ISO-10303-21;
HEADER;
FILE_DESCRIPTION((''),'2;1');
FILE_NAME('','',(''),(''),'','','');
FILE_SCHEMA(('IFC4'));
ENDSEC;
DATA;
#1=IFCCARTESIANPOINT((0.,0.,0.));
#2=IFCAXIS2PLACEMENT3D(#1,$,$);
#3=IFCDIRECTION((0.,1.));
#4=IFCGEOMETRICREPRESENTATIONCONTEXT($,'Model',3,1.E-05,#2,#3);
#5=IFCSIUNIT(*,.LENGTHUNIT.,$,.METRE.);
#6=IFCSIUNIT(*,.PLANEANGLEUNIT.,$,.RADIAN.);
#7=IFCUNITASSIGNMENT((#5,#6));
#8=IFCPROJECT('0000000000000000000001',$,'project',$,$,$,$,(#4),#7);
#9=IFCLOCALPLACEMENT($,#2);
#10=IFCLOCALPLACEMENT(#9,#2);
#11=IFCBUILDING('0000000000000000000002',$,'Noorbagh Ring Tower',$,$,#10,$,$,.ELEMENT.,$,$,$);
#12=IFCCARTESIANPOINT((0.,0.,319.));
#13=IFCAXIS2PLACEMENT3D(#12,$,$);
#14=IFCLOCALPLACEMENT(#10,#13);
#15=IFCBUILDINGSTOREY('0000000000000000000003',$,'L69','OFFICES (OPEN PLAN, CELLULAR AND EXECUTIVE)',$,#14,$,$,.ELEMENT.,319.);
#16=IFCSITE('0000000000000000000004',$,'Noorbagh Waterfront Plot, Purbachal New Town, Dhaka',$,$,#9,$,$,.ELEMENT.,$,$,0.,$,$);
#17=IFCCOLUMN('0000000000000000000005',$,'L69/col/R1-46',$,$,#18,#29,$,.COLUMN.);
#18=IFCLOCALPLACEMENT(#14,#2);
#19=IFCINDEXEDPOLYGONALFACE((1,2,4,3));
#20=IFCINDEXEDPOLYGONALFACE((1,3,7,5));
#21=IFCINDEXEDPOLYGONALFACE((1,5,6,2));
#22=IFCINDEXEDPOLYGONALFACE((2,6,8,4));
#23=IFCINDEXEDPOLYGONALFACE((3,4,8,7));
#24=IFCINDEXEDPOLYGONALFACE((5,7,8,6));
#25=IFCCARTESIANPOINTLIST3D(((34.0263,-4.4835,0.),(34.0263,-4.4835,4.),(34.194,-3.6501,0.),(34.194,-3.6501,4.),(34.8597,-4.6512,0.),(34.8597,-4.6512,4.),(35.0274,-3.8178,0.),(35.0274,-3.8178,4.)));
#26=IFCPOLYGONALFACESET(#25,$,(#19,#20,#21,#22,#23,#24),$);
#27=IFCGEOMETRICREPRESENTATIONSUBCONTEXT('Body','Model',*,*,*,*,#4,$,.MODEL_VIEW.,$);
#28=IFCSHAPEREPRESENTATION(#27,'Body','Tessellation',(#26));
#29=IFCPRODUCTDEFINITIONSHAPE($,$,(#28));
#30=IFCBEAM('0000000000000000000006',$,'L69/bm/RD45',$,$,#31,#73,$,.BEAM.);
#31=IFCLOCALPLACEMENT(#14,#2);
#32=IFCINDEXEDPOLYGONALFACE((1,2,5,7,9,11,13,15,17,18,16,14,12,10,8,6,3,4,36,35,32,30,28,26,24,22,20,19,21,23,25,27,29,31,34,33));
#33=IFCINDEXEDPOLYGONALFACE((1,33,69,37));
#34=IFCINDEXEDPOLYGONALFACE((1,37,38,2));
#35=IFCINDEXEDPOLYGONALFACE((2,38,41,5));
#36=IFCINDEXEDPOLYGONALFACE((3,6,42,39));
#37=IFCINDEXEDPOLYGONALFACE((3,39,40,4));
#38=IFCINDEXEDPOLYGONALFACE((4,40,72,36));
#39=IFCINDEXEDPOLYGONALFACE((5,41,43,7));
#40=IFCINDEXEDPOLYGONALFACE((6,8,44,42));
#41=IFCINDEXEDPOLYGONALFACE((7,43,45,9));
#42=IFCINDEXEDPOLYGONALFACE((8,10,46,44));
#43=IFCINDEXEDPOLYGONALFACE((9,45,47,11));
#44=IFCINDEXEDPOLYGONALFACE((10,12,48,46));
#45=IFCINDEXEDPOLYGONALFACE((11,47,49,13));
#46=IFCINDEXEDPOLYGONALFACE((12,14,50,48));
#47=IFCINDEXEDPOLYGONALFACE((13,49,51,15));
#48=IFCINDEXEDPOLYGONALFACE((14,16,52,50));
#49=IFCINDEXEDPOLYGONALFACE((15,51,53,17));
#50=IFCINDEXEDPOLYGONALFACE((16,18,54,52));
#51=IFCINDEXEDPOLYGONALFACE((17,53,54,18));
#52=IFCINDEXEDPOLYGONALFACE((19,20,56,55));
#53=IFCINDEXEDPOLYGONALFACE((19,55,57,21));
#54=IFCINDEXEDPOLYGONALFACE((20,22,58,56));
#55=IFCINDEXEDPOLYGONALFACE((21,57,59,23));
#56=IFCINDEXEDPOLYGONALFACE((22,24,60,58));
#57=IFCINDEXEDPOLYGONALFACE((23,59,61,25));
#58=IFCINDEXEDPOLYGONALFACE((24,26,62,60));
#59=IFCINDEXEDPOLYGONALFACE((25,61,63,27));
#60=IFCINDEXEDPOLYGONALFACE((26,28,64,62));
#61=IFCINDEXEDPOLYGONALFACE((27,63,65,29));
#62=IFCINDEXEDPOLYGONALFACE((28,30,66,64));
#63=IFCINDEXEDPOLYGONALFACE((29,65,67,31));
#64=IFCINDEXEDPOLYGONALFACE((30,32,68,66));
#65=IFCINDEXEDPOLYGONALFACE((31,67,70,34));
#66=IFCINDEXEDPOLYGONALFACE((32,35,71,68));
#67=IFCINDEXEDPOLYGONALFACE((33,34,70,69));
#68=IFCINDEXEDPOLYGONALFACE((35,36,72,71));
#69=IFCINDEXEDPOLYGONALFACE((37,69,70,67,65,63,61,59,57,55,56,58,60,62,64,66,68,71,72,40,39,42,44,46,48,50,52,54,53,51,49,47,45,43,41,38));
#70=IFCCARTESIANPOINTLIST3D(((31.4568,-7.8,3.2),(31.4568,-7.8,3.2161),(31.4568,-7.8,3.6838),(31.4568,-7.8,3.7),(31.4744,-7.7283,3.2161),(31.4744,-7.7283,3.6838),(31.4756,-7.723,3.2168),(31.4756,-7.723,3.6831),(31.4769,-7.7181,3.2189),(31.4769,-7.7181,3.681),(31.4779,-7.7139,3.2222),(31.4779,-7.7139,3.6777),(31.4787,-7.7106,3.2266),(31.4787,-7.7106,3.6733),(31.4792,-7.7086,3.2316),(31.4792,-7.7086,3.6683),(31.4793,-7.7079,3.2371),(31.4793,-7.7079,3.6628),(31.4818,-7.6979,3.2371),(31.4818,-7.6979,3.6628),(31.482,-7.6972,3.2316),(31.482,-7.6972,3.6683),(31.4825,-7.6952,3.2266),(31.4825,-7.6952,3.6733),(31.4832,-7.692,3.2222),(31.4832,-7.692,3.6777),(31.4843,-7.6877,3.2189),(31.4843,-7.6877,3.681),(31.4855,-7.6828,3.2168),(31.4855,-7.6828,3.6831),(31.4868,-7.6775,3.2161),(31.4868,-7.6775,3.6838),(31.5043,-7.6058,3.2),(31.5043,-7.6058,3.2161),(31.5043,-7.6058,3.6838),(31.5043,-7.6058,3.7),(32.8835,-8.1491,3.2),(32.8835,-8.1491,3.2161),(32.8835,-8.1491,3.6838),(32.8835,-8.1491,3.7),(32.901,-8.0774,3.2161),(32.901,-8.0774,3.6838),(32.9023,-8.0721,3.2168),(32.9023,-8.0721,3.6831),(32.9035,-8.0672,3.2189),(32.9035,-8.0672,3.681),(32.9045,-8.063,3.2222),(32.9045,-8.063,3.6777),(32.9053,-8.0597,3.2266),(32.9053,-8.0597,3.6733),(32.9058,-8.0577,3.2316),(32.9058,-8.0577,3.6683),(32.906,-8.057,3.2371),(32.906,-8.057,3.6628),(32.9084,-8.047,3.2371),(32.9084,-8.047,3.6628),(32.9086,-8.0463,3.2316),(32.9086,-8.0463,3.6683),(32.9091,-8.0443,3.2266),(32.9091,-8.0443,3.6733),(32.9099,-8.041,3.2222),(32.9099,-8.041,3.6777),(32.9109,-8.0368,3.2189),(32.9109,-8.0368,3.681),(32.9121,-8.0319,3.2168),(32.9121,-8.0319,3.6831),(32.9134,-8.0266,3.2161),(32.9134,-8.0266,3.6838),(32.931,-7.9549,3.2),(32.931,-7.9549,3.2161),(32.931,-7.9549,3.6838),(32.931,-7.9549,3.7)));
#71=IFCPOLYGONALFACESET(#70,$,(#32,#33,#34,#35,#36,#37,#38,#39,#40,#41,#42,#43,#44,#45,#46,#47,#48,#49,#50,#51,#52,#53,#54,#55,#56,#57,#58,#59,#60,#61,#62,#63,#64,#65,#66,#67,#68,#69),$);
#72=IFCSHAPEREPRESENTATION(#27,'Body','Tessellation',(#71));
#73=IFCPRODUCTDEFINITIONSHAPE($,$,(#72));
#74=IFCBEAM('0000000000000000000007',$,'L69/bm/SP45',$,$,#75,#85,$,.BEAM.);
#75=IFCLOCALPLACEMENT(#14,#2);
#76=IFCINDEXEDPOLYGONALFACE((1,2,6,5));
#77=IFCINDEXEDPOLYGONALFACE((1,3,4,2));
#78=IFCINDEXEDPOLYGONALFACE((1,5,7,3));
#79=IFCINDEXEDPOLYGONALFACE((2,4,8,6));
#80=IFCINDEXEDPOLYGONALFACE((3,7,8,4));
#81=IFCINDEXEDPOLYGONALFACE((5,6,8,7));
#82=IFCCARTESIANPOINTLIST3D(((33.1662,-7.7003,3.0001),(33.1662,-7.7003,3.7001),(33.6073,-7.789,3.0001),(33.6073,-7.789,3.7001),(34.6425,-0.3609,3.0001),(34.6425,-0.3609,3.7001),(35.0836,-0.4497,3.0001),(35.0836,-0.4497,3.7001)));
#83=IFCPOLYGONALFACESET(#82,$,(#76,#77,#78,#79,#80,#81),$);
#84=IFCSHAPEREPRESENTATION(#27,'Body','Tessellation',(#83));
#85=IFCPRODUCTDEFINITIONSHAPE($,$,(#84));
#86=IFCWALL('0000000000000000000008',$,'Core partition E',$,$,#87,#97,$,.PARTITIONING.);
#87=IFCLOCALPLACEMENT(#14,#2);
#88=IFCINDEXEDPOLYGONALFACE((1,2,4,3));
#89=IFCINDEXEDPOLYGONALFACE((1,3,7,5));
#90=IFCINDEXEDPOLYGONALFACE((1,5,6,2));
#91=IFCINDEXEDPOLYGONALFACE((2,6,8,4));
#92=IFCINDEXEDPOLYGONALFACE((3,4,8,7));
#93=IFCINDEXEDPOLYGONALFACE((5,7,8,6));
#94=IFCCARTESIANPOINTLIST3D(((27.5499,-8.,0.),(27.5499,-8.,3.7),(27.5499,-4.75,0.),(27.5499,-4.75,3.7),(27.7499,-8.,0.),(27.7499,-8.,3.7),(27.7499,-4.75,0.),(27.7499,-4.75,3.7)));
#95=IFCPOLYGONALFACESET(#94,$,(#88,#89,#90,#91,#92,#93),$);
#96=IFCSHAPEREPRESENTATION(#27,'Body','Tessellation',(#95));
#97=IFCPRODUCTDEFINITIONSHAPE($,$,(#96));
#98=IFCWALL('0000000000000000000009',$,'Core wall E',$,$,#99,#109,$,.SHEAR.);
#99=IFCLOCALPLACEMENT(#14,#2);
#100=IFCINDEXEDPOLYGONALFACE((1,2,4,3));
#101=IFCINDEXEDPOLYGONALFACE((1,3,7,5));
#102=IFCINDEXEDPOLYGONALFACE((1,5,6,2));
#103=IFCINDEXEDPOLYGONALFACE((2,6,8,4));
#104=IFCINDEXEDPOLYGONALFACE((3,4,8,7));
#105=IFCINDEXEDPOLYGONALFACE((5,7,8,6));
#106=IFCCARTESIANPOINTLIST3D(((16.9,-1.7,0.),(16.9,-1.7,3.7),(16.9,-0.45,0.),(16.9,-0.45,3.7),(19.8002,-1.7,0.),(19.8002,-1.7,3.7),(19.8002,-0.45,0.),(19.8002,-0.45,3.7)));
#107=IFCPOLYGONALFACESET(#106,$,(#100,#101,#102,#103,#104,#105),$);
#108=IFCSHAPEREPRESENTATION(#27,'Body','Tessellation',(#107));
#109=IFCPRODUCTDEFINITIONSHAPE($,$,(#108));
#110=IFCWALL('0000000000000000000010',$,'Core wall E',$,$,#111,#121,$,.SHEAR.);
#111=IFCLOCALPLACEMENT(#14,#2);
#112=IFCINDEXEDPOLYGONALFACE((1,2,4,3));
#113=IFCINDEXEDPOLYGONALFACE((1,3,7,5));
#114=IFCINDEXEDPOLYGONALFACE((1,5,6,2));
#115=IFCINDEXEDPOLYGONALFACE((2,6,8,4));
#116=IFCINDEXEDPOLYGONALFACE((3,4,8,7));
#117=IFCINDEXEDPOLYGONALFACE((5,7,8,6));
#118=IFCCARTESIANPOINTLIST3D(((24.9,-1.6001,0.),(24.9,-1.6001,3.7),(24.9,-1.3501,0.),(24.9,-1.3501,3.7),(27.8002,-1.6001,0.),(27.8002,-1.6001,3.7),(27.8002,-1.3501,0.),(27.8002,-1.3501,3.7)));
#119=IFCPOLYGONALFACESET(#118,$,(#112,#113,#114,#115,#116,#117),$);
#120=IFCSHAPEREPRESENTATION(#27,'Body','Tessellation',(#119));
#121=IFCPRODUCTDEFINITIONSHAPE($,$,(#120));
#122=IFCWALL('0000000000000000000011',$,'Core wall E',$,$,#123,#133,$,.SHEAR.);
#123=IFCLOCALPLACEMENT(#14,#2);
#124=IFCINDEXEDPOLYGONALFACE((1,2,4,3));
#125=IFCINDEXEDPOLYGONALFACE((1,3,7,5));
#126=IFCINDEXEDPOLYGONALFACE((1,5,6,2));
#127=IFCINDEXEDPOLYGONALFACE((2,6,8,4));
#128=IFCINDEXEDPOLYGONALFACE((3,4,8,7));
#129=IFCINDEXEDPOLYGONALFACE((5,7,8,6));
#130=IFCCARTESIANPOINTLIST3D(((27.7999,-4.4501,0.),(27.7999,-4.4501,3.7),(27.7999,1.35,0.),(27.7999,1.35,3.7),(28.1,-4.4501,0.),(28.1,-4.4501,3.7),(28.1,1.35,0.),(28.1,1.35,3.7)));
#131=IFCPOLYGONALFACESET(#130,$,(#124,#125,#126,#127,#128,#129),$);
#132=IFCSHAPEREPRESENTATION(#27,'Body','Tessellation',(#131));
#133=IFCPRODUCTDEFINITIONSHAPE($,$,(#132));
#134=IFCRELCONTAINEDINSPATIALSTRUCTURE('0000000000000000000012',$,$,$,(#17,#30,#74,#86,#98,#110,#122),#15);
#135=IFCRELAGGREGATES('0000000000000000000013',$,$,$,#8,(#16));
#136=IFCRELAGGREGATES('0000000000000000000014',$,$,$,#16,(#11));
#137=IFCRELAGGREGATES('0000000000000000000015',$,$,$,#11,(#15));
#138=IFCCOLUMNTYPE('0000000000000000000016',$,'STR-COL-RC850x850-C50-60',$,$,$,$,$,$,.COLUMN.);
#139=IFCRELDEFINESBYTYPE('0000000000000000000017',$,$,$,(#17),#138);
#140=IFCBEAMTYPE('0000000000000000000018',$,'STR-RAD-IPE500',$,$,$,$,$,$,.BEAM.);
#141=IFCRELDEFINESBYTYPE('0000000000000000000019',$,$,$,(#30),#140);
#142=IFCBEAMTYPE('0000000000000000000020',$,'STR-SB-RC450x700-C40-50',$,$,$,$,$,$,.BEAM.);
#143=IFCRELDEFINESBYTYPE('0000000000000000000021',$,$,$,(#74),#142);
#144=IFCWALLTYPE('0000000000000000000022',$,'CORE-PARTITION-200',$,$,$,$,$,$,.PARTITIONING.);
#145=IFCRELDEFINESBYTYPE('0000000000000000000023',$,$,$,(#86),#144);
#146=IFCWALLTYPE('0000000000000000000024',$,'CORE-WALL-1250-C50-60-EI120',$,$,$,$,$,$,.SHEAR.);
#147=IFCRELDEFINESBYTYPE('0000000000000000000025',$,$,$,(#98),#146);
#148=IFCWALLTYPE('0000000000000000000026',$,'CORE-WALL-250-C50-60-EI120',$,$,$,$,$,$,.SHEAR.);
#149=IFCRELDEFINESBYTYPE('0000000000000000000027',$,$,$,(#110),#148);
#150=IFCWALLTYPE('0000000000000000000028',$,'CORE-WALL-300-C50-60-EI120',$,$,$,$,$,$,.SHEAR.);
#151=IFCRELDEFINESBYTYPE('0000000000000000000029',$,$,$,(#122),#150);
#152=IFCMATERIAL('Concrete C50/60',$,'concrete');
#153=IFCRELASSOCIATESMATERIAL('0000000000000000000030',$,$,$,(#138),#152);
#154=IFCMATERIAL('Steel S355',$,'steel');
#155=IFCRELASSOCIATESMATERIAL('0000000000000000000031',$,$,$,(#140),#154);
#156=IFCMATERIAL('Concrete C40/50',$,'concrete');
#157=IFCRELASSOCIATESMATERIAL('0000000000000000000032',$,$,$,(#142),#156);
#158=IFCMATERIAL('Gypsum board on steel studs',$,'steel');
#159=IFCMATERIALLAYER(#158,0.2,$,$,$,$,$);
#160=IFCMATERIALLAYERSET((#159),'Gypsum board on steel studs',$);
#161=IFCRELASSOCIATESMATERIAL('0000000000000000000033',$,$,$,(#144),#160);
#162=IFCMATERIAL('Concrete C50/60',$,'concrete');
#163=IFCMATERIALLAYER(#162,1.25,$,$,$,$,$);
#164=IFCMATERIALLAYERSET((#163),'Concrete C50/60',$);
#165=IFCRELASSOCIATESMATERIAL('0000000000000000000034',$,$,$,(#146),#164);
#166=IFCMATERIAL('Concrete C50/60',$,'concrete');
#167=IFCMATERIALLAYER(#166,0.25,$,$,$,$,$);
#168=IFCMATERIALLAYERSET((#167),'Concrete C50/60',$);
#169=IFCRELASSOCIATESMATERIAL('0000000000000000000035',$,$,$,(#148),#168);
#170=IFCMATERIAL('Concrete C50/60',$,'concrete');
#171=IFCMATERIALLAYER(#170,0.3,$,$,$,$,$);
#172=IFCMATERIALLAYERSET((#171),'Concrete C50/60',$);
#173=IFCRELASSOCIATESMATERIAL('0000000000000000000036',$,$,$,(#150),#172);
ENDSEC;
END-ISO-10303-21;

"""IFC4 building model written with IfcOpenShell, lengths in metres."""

from ifc_helpers import new_model, si_unit, direction, frame, frame_2d, origin, origin_2d, place, context, subcontext, project, spatial, rectangle, i_section, extrude, material, layer, layer_set, material_profile, profile_set, type_object, element, save


model = new_model("IFC4")

# Units and contexts
model_context = context("Model", 3, precision=1e-05, world=origin(), true_north=direction((0.0, 1.0)))
body_context = subcontext(model_context, "Body", "Model", "MODEL_VIEW")
ifc_project = project(units=[si_unit("LENGTHUNIT", "METRE"), si_unit("PLANEANGLEUNIT", "RADIAN")], contexts=[model_context])

# Site, building, storey
site_placement = place(None, origin())
site = spatial("IfcSite", under=ifc_project, at=site_placement, Name="Noorbagh Waterfront Plot, Purbachal New Town, Dhaka", CompositionType="ELEMENT", RefElevation=0.0)
building_placement = place(site_placement, origin())
building = spatial("IfcBuilding", under=site, at=building_placement, Name="Noorbagh Ring Tower", CompositionType="ELEMENT")
storey_placement = place(building_placement, frame((0.0, 0.0, 319.0)))
storey = spatial("IfcBuildingStorey", under=building, at=storey_placement, Name="L69", Description="OFFICES (OPEN PLAN, CELLULAR AND EXECUTIVE)", CompositionType="ELEMENT", Elevation=319.0)

# Column
ifc_material_1 = material(Name="Concrete C50/60", Category="concrete")
ifc_material_profile_1 = material_profile(ifc_material_1, rectangle(XDim=0.8501, YDim=0.8501, at=origin_2d()), Name="RC850x850")
ifc_profile_set_1 = profile_set([ifc_material_profile_1], Name="Concrete C50/60")
column_type = type_object("IfcColumnType", Name="STR-COL-RC850x850-C50-60", PredefinedType="COLUMN", material=ifc_profile_set_1)
column_placement = place(storey_placement, frame((34.5269, -4.1506, 0.0), z_axis=(0.0, 0.0, 1.0), x_axis=(0.19723, 0.980357, 0.0)))
element("IfcColumn", 1, at=column_placement, inside=storey, type_object=column_type, Name="L69/col/R1-46", PredefinedType="COLUMN", context=body_context, shape_type="SweptSolid", body=[
    extrude(rectangle(XDim=0.8501, YDim=0.8501, at=origin_2d()), origin(), (0.0, 0.0, 1.0), 4.0),
])

# Beams
ifc_material_2 = material(Name="Steel S355", Category="steel")
ifc_material_profile_2 = material_profile(ifc_material_2, i_section(OverallWidth=0.2, OverallDepth=0.5, WebThickness=0.0103, FlangeThickness=0.0161, FilletRadius=0.021, at=origin_2d()), Name="IPE500")
ifc_profile_set_2 = profile_set([ifc_material_profile_2], Name="Steel S355")
beam_type_1 = type_object("IfcBeamType", Name="STR-RAD-IPE500", PredefinedType="BEAM", material=ifc_profile_set_2)
beam_1_placement = place(storey_placement, frame((32.9072, -8.052, 3.45), z_axis=(-0.971343, 0.237683, 0.0), x_axis=(-0.237683, -0.971343, 0.0)))
element("IfcBeam", 2, at=beam_1_placement, inside=storey, type_object=beam_type_1, Name="L69/bm/RD45", PredefinedType="BEAM", context=body_context, shape_type="SweptSolid", body=[
    extrude(i_section(OverallWidth=0.2, OverallDepth=0.5, WebThickness=0.0103, FlangeThickness=0.0161, FilletRadius=0.021, at=origin_2d()), origin(), (0.0, 0.0, 1.0), 1.4688),
])
ifc_material_3 = material(Name="Concrete C40/50", Category="concrete")
ifc_material_profile_3 = material_profile(ifc_material_3, rectangle(XDim=0.45, YDim=0.7, at=origin_2d()), Name="RC450x700")
ifc_profile_set_3 = profile_set([ifc_material_profile_3], Name="Concrete C40/50")
beam_type_2 = type_object("IfcBeamType", Name="STR-SB-RC450x700-C40-50", PredefinedType="BEAM", material=ifc_profile_set_3)
beam_2_placement = place(storey_placement, frame((33.3867, -7.7446, 3.3501), z_axis=(0.197201, 0.980363, 0.0), x_axis=(-0.980363, 0.197201, 0.0)))
element("IfcBeam", 3, at=beam_2_placement, inside=storey, type_object=beam_type_2, Name="L69/bm/SP45", PredefinedType="BEAM", context=body_context, shape_type="SweptSolid", body=[
    extrude(rectangle(XDim=0.45, YDim=0.7, at=origin_2d()), origin(), (0.0, 0.0, 1.0), 7.4863),
])

# Walls
ifc_material_4 = material(Name="Gypsum board on steel studs", Category="steel")
ifc_layer_1 = layer(ifc_material_4, 0.2)
ifc_layer_set_1 = layer_set([ifc_layer_1], Name="Gypsum board on steel studs")
wall_type_1 = type_object("IfcWallType", Name="CORE-PARTITION-200", PredefinedType="PARTITIONING", material=ifc_layer_set_1)
wall_1_placement = place(storey_placement, frame((27.6499, -8.0, 0.0), z_axis=(0.0, 0.0, 1.0), x_axis=(0.0, 1.0, 0.0)))
element("IfcWall", 4, at=wall_1_placement, inside=storey, type_object=wall_type_1, Name="Core partition E", PredefinedType="PARTITIONING", context=body_context, shape_type="SweptSolid", body=[
    extrude(rectangle(XDim=3.25, YDim=0.2, at=frame_2d((1.625, 0.0))), origin(), (0.0, 0.0, 1.0), 3.7),
])
ifc_material_5 = material(Name="Concrete C50/60", Category="concrete")
ifc_layer_2 = layer(ifc_material_5, 1.25)
ifc_layer_set_2 = layer_set([ifc_layer_2], Name="Concrete C50/60")
wall_type_2 = type_object("IfcWallType", Name="CORE-WALL-1250-C50-60-EI120", PredefinedType="SHEAR", material=ifc_layer_set_2)
wall_2_placement = place(storey_placement, frame((16.8999, -1.075, 0.0), z_axis=(0.0, 0.0, 1.0), x_axis=(1.0, 0.0, 0.0)))
element("IfcWall", 5, at=wall_2_placement, inside=storey, type_object=wall_type_2, Name="Core wall E", PredefinedType="SHEAR", context=body_context, shape_type="SweptSolid", body=[
    extrude(rectangle(XDim=2.9001, YDim=1.25, at=frame_2d((1.4502, 0.0))), origin(), (0.0, 0.0, 1.0), 3.7),
])
ifc_material_6 = material(Name="Concrete C50/60", Category="concrete")
ifc_layer_3 = layer(ifc_material_6, 0.25)
ifc_layer_set_3 = layer_set([ifc_layer_3], Name="Concrete C50/60")
wall_type_3 = type_object("IfcWallType", Name="CORE-WALL-250-C50-60-EI120", PredefinedType="SHEAR", material=ifc_layer_set_3)
wall_3_placement = place(storey_placement, frame((24.8999, -1.4751, 0.0), z_axis=(0.0, 0.0, 1.0), x_axis=(1.0, 0.0, 0.0)))
element("IfcWall", 6, at=wall_3_placement, inside=storey, type_object=wall_type_3, Name="Core wall E", PredefinedType="SHEAR", context=body_context, shape_type="SweptSolid", body=[
    extrude(rectangle(XDim=2.9001, YDim=0.25, at=frame_2d((1.4502, 0.0))), origin(), (0.0, 0.0, 1.0), 3.7),
])
ifc_material_7 = material(Name="Concrete C50/60", Category="concrete")
ifc_layer_4 = layer(ifc_material_7, 0.3)
ifc_layer_set_4 = layer_set([ifc_layer_4], Name="Concrete C50/60")
wall_type_4 = type_object("IfcWallType", Name="CORE-WALL-300-C50-60-EI120", PredefinedType="SHEAR", material=ifc_layer_set_4)
wall_4_placement = place(storey_placement, frame((27.95, -4.45, 0.0), z_axis=(0.0, 0.0, 1.0), x_axis=(0.0, 1.0, 0.0)))
element("IfcWall", 7, at=wall_4_placement, inside=storey, type_object=wall_type_4, Name="Core wall E", PredefinedType="SHEAR", context=body_context, shape_type="SweptSolid", body=[
    extrude(rectangle(XDim=5.8, YDim=0.3, at=frame_2d((2.8999, 0.0))), origin(), (0.0, 0.0, 1.0), 3.7),
])

save(model, "model.ifc")
